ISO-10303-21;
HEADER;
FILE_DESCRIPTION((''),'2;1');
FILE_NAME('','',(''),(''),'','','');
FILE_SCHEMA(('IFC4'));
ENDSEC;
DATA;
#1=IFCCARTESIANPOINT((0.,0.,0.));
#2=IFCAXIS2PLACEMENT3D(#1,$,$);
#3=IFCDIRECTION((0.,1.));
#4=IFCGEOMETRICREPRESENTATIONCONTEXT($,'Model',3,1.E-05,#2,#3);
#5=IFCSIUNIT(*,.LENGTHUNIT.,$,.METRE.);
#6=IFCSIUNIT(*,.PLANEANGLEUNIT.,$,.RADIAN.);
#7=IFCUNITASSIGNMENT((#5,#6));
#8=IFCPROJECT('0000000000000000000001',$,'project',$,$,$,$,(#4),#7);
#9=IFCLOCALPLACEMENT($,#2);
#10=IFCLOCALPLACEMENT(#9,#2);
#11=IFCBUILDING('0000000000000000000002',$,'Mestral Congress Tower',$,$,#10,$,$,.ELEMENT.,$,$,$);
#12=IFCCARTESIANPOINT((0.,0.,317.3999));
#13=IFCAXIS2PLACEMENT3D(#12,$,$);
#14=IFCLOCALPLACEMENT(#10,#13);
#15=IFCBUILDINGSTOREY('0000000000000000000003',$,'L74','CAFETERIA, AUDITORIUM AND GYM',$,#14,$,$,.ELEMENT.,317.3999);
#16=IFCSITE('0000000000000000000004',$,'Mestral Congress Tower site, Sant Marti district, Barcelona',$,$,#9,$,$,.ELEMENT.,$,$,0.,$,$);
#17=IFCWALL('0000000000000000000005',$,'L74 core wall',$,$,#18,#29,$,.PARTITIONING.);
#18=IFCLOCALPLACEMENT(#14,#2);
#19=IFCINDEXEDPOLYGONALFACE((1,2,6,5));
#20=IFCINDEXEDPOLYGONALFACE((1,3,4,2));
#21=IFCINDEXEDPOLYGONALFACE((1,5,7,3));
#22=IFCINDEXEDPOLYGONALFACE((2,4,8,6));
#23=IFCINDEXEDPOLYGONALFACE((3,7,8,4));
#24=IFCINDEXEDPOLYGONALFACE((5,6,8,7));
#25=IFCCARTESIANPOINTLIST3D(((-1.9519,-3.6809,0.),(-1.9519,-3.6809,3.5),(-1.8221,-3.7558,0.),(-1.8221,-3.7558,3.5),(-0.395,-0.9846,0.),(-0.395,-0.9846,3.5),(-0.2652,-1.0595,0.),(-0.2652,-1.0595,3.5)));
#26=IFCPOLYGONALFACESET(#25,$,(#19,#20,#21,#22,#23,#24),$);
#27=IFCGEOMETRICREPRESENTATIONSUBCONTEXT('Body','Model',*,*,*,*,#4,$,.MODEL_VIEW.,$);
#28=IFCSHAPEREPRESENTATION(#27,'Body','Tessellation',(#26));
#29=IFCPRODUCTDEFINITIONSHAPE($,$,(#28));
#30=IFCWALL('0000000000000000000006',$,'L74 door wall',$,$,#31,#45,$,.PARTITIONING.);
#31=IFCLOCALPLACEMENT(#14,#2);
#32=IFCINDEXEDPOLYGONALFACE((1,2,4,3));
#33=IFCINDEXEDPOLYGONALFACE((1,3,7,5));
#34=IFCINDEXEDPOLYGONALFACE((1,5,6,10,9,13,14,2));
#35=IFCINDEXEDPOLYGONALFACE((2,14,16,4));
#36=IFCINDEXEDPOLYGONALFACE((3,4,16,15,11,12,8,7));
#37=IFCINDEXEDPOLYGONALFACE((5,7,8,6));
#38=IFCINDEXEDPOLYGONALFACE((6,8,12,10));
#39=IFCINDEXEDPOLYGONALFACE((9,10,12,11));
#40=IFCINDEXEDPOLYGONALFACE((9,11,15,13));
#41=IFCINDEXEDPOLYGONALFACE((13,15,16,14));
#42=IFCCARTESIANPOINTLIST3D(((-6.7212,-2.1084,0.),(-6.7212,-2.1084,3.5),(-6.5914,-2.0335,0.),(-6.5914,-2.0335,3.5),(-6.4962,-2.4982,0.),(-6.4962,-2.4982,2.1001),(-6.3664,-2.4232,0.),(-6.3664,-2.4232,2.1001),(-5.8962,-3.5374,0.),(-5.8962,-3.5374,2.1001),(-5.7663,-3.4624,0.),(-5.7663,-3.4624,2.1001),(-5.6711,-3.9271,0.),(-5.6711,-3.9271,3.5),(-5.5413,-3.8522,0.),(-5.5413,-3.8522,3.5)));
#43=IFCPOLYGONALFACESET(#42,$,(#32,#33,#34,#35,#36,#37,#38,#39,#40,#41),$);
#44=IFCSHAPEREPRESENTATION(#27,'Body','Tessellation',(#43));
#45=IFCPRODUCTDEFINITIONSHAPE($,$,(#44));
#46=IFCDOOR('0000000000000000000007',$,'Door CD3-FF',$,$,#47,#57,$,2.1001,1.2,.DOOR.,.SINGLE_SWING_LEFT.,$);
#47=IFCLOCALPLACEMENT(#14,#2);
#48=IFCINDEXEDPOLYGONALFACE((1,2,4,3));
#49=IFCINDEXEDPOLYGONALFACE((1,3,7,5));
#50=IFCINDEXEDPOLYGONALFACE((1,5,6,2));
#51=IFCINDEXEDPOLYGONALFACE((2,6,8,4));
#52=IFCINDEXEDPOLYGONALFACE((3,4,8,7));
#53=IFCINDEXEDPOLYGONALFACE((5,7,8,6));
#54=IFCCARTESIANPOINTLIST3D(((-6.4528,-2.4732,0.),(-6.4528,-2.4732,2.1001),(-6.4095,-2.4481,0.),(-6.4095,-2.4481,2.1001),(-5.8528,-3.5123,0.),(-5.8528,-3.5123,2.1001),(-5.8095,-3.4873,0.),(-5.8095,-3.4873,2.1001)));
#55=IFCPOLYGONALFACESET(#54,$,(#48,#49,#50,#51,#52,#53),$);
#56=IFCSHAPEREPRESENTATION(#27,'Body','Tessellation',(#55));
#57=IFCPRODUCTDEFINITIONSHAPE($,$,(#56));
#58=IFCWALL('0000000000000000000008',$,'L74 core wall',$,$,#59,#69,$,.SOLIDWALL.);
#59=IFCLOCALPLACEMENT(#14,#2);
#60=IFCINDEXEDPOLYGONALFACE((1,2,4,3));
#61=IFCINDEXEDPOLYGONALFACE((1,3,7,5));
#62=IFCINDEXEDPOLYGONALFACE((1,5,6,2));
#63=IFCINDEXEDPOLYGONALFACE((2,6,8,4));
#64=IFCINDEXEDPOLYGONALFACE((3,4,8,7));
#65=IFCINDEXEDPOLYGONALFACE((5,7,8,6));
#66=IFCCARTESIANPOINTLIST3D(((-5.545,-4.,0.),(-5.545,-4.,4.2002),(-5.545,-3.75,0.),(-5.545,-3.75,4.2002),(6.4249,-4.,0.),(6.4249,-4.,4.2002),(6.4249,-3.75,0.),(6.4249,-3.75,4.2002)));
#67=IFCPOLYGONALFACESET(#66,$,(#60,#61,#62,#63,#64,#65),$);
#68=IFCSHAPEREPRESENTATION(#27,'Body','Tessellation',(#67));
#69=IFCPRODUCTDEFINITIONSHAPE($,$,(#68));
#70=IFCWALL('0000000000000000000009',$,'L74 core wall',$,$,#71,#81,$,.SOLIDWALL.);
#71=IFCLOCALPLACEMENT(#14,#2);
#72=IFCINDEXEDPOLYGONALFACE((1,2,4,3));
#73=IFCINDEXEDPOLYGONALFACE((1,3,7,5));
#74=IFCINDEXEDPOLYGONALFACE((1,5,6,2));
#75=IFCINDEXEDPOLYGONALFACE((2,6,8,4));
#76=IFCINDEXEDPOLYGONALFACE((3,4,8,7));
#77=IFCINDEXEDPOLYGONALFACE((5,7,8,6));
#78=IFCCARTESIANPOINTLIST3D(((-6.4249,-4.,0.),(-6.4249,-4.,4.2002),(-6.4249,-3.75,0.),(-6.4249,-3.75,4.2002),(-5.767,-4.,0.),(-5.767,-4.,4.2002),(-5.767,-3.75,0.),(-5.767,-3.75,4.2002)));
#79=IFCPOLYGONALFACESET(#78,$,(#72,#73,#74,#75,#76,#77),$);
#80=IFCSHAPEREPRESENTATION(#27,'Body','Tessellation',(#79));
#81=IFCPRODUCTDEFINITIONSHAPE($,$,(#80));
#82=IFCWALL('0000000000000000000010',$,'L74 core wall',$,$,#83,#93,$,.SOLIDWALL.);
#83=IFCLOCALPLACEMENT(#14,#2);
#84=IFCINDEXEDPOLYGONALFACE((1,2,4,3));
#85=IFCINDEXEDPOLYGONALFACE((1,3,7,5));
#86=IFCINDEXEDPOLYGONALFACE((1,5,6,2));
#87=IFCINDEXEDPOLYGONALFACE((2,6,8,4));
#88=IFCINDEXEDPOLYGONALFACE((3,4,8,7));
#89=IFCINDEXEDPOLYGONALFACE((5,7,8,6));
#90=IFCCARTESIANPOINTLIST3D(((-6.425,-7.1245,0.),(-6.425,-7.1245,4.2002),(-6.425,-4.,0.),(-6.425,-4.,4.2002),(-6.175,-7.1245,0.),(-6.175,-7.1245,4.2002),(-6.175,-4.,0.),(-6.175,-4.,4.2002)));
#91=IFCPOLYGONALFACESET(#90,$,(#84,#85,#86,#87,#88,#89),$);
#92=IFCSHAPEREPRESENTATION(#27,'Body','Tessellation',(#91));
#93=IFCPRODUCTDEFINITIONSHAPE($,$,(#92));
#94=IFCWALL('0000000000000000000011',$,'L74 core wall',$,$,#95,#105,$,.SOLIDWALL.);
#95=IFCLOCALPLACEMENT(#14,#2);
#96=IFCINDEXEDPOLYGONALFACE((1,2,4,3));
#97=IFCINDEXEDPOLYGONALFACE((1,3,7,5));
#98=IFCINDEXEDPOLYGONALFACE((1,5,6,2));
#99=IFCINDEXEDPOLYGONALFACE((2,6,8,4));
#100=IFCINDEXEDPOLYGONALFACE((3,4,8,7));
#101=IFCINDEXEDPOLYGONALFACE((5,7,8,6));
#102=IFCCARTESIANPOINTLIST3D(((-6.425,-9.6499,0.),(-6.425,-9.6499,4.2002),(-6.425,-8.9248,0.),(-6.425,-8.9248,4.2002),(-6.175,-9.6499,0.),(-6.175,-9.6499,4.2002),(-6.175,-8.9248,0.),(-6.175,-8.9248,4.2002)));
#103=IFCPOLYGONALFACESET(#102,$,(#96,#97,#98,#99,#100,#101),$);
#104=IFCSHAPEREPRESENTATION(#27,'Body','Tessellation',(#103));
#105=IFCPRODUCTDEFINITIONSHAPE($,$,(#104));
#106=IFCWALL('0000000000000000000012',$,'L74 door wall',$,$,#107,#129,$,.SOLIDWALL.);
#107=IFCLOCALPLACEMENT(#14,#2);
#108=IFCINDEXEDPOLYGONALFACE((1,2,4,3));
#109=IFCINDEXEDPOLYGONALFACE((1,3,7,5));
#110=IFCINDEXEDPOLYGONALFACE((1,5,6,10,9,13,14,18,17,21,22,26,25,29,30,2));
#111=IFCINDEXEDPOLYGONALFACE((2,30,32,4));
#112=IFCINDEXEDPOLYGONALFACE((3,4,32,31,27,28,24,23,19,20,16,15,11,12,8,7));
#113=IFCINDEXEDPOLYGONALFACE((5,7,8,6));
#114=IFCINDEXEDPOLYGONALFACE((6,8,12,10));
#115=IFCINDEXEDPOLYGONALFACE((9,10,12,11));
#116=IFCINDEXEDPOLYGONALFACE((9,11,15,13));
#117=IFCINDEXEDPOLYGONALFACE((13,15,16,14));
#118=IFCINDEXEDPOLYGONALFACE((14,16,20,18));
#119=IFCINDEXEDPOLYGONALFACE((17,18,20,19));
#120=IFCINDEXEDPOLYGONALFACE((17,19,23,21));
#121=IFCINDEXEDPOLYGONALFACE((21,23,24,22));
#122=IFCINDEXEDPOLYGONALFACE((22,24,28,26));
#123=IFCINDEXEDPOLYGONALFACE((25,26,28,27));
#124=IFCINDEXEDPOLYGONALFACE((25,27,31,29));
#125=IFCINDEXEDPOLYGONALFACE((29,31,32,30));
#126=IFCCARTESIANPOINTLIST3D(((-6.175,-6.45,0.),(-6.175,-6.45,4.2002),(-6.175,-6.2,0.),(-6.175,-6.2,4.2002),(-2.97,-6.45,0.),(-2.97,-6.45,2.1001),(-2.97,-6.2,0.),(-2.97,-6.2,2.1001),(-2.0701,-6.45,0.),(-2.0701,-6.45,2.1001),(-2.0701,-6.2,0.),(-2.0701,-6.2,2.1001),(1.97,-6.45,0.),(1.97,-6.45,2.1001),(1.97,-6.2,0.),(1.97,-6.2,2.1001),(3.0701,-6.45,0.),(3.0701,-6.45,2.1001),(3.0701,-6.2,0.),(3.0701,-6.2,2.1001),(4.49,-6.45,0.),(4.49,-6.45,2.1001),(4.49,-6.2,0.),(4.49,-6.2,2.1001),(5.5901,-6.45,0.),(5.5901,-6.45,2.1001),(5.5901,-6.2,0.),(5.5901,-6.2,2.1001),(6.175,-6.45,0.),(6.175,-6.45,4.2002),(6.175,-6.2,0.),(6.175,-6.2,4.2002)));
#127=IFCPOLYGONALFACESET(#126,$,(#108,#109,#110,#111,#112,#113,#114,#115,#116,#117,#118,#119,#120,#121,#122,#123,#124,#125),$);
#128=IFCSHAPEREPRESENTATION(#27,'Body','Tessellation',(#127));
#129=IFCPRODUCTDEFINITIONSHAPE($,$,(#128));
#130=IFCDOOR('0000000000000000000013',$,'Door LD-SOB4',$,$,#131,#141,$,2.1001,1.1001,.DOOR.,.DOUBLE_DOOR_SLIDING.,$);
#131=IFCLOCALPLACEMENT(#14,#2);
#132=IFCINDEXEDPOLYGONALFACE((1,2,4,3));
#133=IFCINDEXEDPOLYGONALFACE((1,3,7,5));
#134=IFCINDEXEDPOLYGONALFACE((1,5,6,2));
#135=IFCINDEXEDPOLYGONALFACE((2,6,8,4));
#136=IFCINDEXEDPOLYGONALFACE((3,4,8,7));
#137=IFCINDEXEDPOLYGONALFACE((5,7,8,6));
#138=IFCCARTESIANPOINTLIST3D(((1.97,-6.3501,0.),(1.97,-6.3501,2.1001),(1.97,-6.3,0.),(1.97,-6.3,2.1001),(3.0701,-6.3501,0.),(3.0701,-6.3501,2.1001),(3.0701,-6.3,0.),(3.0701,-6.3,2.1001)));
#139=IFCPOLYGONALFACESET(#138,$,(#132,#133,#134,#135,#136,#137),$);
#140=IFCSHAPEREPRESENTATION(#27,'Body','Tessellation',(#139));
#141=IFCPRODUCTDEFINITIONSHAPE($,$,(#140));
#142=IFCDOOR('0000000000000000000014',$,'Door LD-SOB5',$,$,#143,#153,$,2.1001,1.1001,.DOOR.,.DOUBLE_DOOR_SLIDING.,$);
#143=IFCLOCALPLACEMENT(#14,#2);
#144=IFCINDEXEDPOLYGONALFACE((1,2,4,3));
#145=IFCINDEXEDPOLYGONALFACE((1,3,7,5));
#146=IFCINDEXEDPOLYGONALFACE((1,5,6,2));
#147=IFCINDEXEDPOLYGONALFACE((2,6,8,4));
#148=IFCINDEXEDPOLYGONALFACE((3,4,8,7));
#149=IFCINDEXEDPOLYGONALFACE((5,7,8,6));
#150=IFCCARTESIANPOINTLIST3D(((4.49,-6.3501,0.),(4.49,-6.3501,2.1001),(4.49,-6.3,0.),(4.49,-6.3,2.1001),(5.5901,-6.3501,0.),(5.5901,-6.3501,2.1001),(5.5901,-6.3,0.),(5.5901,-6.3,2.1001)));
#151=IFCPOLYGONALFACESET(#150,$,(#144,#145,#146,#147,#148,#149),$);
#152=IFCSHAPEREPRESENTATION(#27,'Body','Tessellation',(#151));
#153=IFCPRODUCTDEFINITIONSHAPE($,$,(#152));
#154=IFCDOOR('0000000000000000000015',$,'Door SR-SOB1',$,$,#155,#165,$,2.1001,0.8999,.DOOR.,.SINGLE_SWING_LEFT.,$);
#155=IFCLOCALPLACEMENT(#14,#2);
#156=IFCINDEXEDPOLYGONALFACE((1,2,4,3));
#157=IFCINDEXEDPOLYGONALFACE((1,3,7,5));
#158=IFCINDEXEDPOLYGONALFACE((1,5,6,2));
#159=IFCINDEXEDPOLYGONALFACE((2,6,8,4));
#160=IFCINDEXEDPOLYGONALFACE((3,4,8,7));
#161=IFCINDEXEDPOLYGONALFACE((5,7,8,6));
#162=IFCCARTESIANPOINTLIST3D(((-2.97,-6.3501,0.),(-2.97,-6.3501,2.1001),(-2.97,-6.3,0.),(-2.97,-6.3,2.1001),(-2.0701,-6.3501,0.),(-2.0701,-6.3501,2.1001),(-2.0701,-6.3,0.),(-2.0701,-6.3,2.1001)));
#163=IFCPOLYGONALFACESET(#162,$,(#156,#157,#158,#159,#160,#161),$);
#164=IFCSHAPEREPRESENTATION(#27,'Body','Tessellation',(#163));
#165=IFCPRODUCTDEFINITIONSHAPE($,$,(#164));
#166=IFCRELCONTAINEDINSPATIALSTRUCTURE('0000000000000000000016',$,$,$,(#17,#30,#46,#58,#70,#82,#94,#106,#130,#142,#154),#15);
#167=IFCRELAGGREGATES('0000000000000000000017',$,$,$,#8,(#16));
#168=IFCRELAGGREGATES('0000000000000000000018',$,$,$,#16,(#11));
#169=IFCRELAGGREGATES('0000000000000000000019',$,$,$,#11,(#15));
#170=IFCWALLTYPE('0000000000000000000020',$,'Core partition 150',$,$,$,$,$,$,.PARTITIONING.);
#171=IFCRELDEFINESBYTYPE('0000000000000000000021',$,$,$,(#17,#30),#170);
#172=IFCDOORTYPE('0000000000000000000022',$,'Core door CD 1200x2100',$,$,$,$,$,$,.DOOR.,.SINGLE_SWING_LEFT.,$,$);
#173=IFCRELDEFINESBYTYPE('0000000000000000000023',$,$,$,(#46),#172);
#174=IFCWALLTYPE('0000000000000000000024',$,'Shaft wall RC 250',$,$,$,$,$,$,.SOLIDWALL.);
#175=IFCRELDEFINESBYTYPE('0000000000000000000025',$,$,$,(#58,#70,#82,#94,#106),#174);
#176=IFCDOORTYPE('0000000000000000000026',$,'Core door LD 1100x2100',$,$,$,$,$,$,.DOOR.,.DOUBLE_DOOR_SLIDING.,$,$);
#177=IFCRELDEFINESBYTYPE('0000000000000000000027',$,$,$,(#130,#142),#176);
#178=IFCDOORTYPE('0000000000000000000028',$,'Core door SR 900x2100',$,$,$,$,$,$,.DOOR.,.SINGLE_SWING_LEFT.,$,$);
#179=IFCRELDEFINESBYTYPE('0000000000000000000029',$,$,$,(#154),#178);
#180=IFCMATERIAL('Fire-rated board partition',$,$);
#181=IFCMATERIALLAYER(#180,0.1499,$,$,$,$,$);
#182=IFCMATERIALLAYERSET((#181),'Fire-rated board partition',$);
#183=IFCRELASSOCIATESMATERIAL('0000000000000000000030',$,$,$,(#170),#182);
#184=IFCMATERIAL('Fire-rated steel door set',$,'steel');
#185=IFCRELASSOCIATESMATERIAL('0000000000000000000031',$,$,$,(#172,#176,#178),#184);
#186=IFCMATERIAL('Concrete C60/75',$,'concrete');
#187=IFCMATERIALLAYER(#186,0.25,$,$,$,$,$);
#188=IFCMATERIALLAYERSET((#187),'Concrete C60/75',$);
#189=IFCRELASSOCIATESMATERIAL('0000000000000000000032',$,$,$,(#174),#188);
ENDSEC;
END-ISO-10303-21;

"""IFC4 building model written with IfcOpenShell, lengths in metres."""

from ifc_helpers import new_model, si_unit, direction, frame, frame_2d, origin, place, context, subcontext, project, spatial, rectangle, extrude, material, layer, layer_set, type_object, element, fill, save


model = new_model("IFC4")

# Units and contexts
model_context = context("Model", 3, precision=1e-05, world=origin(), true_north=direction((0.0, 1.0)))
body_context = subcontext(model_context, "Body", "Model", "MODEL_VIEW")
ifc_project = project(units=[si_unit("LENGTHUNIT", "METRE"), si_unit("PLANEANGLEUNIT", "RADIAN")], contexts=[model_context])

# Site, building, storey
site_placement = place(None, origin())
site = spatial("IfcSite", under=ifc_project, at=site_placement, Name="Mestral Congress Tower site, Sant Marti district, Barcelona", CompositionType="ELEMENT", RefElevation=0.0)
building_placement = place(site_placement, origin())
building = spatial("IfcBuilding", under=site, at=building_placement, Name="Mestral Congress Tower", CompositionType="ELEMENT")
storey_placement = place(building_placement, frame((0.0, 0.0, 317.3999)))
storey = spatial("IfcBuildingStorey", under=building, at=storey_placement, Name="L74", Description="CAFETERIA, AUDITORIUM AND GYM", CompositionType="ELEMENT", Elevation=317.3999)

# Wall
ifc_material_1 = material(Name="Fire-rated board partition")
ifc_layer_1 = layer(ifc_material_1, 0.1499)
ifc_layer_set_1 = layer_set([ifc_layer_1], Name="Fire-rated board partition")
wall_type_1 = type_object("IfcWallType", Name="Core partition 150", PredefinedType="PARTITIONING", material=ifc_layer_set_1)
wall_1_placement = place(storey_placement, frame((-1.887, -3.7183, 0.0), z_axis=(0.0, 0.0, 1.0), x_axis=(0.500044, 0.866, 0.0)))
element("IfcWall", 1, at=wall_1_placement, inside=storey, type_object=wall_type_1, Name="L74 core wall", PredefinedType="PARTITIONING", context=body_context, shape_type="SweptSolid", body=[
    extrude(rectangle(XDim=3.1135, YDim=0.1499, at=frame_2d((1.5566, 0.0))), origin(), (0.0, 0.0, 1.0), 3.5),
])

# Wall, opening, door
wall_2_placement = place(storey_placement, frame((-5.6062, -3.8896, 0.0), z_axis=(0.0, 0.0, 1.0), x_axis=(-0.500028, 0.866009, 0.0)))
wall_2 = element("IfcWall", 2, at=wall_2_placement, inside=storey, type_object=wall_type_1, Name="L74 door wall", PredefinedType="PARTITIONING", context=body_context, shape_type="SweptSolid", body=[
    extrude(rectangle(XDim=2.1001, YDim=0.1499, at=frame_2d((1.05, 0.0))), origin(), (0.0, 0.0, 1.0), 3.5),
])
opening_1_placement = place(wall_2_placement, frame((0.45, 0.0, 0.0)))
opening_1 = element("IfcOpeningElement", 3, at=opening_1_placement, cuts=wall_2, PredefinedType="OPENING", context=body_context, shape_type="SweptSolid", body=[
    extrude(rectangle(XDim=1.2, YDim=2.1001, at=frame_2d((0.6001, 1.05))), frame((0.0, 0.085, 0.0), z_axis=(0.0, -1.0, 0.0), x_axis=(1.0, 0.0, 0.0)), (0.0, 0.0, 1.0), 0.1699),
])
ifc_material_2 = material(Name="Fire-rated steel door set", Category="steel")
door_type_1 = type_object("IfcDoorType", Name="Core door CD 1200x2100", OperationType="SINGLE_SWING_LEFT", PredefinedType="DOOR", material=ifc_material_2)
door_1_placement = place(opening_1_placement, origin())
door_1 = element("IfcDoor", 4, at=door_1_placement, inside=storey, type_object=door_type_1, Name="Door CD3-FF", OperationType="SINGLE_SWING_LEFT", OverallHeight=2.1001, OverallWidth=1.2, PredefinedType="DOOR", context=body_context, shape_type="SweptSolid", body=[
    extrude(rectangle(XDim=1.2, YDim=2.1001, at=frame_2d((0.6001, 1.05))), frame((0.0, 0.0249, 0.0), z_axis=(0.0, -1.0, 0.0), x_axis=(1.0, 0.0, 0.0)), (0.0, 0.0, 1.0), 0.05),
])
fill(opening_1, door_1)

# Walls
ifc_material_3 = material(Name="Concrete C60/75", Category="concrete")
ifc_layer_2 = layer(ifc_material_3, 0.25)
ifc_layer_set_2 = layer_set([ifc_layer_2], Name="Concrete C60/75")
wall_type_2 = type_object("IfcWallType", Name="Shaft wall RC 250", PredefinedType="SOLIDWALL", material=ifc_layer_set_2)
wall_3_placement = place(storey_placement, frame((-5.5449, -3.875, 0.0), z_axis=(0.0, 0.0, 1.0), x_axis=(1.0, 0.0, 0.0)))
element("IfcWall", 5, at=wall_3_placement, inside=storey, type_object=wall_type_2, Name="L74 core wall", PredefinedType="SOLIDWALL", context=body_context, shape_type="SweptSolid", body=[
    extrude(rectangle(XDim=11.97, YDim=0.25, at=frame_2d((5.9849, 0.0))), origin(), (0.0, 0.0, 1.0), 4.2002),
])
wall_4_placement = place(storey_placement, frame((-6.425, -3.875, 0.0), z_axis=(0.0, 0.0, 1.0), x_axis=(1.0, 0.0, 0.0)))
element("IfcWall", 6, at=wall_4_placement, inside=storey, type_object=wall_type_2, Name="L74 core wall", PredefinedType="SOLIDWALL", context=body_context, shape_type="SweptSolid", body=[
    extrude(rectangle(XDim=0.658, YDim=0.25, at=frame_2d((0.3291, 0.0))), origin(), (0.0, 0.0, 1.0), 4.2002),
])
wall_5_placement = place(storey_placement, frame((-6.3, -7.1245, 0.0), z_axis=(0.0, 0.0, 1.0), x_axis=(0.0, 1.0, 0.0)))
element("IfcWall", 7, at=wall_5_placement, inside=storey, type_object=wall_type_2, Name="L74 core wall", PredefinedType="SOLIDWALL", context=body_context, shape_type="SweptSolid", body=[
    extrude(rectangle(XDim=3.1245, YDim=0.25, at=frame_2d((1.5623, 0.0))), origin(), (0.0, 0.0, 1.0), 4.2002),
])
wall_6_placement = place(storey_placement, frame((-6.3, -8.9248, 0.0), z_axis=(0.0, 0.0, 1.0), x_axis=(0.0, -1.0, 0.0)))
element("IfcWall", 8, at=wall_6_placement, inside=storey, type_object=wall_type_2, Name="L74 core wall", PredefinedType="SOLIDWALL", context=body_context, shape_type="SweptSolid", body=[
    extrude(rectangle(XDim=0.7251, YDim=0.25, at=frame_2d((0.3625, 0.0))), origin(), (0.0, 0.0, 1.0), 4.2002),
])

# Wall, openings, doors
wall_7_placement = place(storey_placement, frame((-6.175, -6.325, 0.0), z_axis=(0.0, 0.0, 1.0), x_axis=(1.0, 0.0, 0.0)))
wall_7 = element("IfcWall", 9, at=wall_7_placement, inside=storey, type_object=wall_type_2, Name="L74 door wall", PredefinedType="SOLIDWALL", context=body_context, shape_type="SweptSolid", body=[
    extrude(rectangle(XDim=12.3501, YDim=0.25, at=frame_2d((6.175, 0.0))), origin(), (0.0, 0.0, 1.0), 4.2002),
])
opening_2_placement = place(wall_7_placement, frame((3.2051, 0.0, 0.0)))
opening_2 = element("IfcOpeningElement", 10, at=opening_2_placement, cuts=wall_7, PredefinedType="OPENING", context=body_context, shape_type="SweptSolid", body=[
    extrude(rectangle(XDim=0.8999, YDim=2.1001, at=frame_2d((0.45, 1.05))), frame((0.0, 0.135, 0.0), z_axis=(0.0, -1.0, 0.0), x_axis=(1.0, 0.0, 0.0)), (0.0, 0.0, 1.0), 0.27),
])
opening_3_placement = place(wall_7_placement, frame((8.145, 0.0, 0.0)))
opening_3 = element("IfcOpeningElement", 11, at=opening_3_placement, cuts=wall_7, PredefinedType="OPENING", context=body_context, shape_type="SweptSolid", body=[
    extrude(rectangle(XDim=1.1001, YDim=2.1001, at=frame_2d((0.55, 1.05))), frame((0.0, 0.135, 0.0), z_axis=(0.0, -1.0, 0.0), x_axis=(1.0, 0.0, 0.0)), (0.0, 0.0, 1.0), 0.27),
])
opening_4_placement = place(wall_7_placement, frame((10.665, 0.0, 0.0)))
opening_4 = element("IfcOpeningElement", 12, at=opening_4_placement, cuts=wall_7, PredefinedType="OPENING", context=body_context, shape_type="SweptSolid", body=[
    extrude(rectangle(XDim=1.1001, YDim=2.1001, at=frame_2d((0.55, 1.05))), frame((0.0, 0.135, 0.0), z_axis=(0.0, -1.0, 0.0), x_axis=(1.0, 0.0, 0.0)), (0.0, 0.0, 1.0), 0.27),
])
door_type_2 = type_object("IfcDoorType", Name="Core door LD 1100x2100", OperationType="DOUBLE_DOOR_SLIDING", PredefinedType="DOOR", material=ifc_material_2)
door_2_placement = place(opening_3_placement, origin())
door_2 = element("IfcDoor", 13, at=door_2_placement, inside=storey, type_object=door_type_2, Name="Door LD-SOB4", OperationType="DOUBLE_DOOR_SLIDING", OverallHeight=2.1001, OverallWidth=1.1001, PredefinedType="DOOR", context=body_context, shape_type="SweptSolid", body=[
    extrude(rectangle(XDim=1.1001, YDim=2.1001, at=frame_2d((0.55, 1.05))), frame((0.0, 0.0249, 0.0), z_axis=(0.0, -1.0, 0.0), x_axis=(1.0, 0.0, 0.0)), (0.0, 0.0, 1.0), 0.05),
])
fill(opening_3, door_2)
door_3_placement = place(opening_4_placement, origin())
door_3 = element("IfcDoor", 14, at=door_3_placement, inside=storey, type_object=door_type_2, Name="Door LD-SOB5", OperationType="DOUBLE_DOOR_SLIDING", OverallHeight=2.1001, OverallWidth=1.1001, PredefinedType="DOOR", context=body_context, shape_type="SweptSolid", body=[
    extrude(rectangle(XDim=1.1001, YDim=2.1001, at=frame_2d((0.55, 1.05))), frame((0.0, 0.0249, 0.0), z_axis=(0.0, -1.0, 0.0), x_axis=(1.0, 0.0, 0.0)), (0.0, 0.0, 1.0), 0.05),
])
fill(opening_4, door_3)
door_type_3 = type_object("IfcDoorType", Name="Core door SR 900x2100", OperationType="SINGLE_SWING_LEFT", PredefinedType="DOOR", material=ifc_material_2)
door_4_placement = place(opening_2_placement, origin())
door_4 = element("IfcDoor", 15, at=door_4_placement, inside=storey, type_object=door_type_3, Name="Door SR-SOB1", OperationType="SINGLE_SWING_LEFT", OverallHeight=2.1001, OverallWidth=0.8999, PredefinedType="DOOR", context=body_context, shape_type="SweptSolid", body=[
    extrude(rectangle(XDim=0.8999, YDim=2.1001, at=frame_2d((0.45, 1.05))), frame((0.0, 0.0249, 0.0), z_axis=(0.0, -1.0, 0.0), x_axis=(1.0, 0.0, 0.0)), (0.0, 0.0, 1.0), 0.05),
])
fill(opening_2, door_4)

save(model, "model.ifc")
